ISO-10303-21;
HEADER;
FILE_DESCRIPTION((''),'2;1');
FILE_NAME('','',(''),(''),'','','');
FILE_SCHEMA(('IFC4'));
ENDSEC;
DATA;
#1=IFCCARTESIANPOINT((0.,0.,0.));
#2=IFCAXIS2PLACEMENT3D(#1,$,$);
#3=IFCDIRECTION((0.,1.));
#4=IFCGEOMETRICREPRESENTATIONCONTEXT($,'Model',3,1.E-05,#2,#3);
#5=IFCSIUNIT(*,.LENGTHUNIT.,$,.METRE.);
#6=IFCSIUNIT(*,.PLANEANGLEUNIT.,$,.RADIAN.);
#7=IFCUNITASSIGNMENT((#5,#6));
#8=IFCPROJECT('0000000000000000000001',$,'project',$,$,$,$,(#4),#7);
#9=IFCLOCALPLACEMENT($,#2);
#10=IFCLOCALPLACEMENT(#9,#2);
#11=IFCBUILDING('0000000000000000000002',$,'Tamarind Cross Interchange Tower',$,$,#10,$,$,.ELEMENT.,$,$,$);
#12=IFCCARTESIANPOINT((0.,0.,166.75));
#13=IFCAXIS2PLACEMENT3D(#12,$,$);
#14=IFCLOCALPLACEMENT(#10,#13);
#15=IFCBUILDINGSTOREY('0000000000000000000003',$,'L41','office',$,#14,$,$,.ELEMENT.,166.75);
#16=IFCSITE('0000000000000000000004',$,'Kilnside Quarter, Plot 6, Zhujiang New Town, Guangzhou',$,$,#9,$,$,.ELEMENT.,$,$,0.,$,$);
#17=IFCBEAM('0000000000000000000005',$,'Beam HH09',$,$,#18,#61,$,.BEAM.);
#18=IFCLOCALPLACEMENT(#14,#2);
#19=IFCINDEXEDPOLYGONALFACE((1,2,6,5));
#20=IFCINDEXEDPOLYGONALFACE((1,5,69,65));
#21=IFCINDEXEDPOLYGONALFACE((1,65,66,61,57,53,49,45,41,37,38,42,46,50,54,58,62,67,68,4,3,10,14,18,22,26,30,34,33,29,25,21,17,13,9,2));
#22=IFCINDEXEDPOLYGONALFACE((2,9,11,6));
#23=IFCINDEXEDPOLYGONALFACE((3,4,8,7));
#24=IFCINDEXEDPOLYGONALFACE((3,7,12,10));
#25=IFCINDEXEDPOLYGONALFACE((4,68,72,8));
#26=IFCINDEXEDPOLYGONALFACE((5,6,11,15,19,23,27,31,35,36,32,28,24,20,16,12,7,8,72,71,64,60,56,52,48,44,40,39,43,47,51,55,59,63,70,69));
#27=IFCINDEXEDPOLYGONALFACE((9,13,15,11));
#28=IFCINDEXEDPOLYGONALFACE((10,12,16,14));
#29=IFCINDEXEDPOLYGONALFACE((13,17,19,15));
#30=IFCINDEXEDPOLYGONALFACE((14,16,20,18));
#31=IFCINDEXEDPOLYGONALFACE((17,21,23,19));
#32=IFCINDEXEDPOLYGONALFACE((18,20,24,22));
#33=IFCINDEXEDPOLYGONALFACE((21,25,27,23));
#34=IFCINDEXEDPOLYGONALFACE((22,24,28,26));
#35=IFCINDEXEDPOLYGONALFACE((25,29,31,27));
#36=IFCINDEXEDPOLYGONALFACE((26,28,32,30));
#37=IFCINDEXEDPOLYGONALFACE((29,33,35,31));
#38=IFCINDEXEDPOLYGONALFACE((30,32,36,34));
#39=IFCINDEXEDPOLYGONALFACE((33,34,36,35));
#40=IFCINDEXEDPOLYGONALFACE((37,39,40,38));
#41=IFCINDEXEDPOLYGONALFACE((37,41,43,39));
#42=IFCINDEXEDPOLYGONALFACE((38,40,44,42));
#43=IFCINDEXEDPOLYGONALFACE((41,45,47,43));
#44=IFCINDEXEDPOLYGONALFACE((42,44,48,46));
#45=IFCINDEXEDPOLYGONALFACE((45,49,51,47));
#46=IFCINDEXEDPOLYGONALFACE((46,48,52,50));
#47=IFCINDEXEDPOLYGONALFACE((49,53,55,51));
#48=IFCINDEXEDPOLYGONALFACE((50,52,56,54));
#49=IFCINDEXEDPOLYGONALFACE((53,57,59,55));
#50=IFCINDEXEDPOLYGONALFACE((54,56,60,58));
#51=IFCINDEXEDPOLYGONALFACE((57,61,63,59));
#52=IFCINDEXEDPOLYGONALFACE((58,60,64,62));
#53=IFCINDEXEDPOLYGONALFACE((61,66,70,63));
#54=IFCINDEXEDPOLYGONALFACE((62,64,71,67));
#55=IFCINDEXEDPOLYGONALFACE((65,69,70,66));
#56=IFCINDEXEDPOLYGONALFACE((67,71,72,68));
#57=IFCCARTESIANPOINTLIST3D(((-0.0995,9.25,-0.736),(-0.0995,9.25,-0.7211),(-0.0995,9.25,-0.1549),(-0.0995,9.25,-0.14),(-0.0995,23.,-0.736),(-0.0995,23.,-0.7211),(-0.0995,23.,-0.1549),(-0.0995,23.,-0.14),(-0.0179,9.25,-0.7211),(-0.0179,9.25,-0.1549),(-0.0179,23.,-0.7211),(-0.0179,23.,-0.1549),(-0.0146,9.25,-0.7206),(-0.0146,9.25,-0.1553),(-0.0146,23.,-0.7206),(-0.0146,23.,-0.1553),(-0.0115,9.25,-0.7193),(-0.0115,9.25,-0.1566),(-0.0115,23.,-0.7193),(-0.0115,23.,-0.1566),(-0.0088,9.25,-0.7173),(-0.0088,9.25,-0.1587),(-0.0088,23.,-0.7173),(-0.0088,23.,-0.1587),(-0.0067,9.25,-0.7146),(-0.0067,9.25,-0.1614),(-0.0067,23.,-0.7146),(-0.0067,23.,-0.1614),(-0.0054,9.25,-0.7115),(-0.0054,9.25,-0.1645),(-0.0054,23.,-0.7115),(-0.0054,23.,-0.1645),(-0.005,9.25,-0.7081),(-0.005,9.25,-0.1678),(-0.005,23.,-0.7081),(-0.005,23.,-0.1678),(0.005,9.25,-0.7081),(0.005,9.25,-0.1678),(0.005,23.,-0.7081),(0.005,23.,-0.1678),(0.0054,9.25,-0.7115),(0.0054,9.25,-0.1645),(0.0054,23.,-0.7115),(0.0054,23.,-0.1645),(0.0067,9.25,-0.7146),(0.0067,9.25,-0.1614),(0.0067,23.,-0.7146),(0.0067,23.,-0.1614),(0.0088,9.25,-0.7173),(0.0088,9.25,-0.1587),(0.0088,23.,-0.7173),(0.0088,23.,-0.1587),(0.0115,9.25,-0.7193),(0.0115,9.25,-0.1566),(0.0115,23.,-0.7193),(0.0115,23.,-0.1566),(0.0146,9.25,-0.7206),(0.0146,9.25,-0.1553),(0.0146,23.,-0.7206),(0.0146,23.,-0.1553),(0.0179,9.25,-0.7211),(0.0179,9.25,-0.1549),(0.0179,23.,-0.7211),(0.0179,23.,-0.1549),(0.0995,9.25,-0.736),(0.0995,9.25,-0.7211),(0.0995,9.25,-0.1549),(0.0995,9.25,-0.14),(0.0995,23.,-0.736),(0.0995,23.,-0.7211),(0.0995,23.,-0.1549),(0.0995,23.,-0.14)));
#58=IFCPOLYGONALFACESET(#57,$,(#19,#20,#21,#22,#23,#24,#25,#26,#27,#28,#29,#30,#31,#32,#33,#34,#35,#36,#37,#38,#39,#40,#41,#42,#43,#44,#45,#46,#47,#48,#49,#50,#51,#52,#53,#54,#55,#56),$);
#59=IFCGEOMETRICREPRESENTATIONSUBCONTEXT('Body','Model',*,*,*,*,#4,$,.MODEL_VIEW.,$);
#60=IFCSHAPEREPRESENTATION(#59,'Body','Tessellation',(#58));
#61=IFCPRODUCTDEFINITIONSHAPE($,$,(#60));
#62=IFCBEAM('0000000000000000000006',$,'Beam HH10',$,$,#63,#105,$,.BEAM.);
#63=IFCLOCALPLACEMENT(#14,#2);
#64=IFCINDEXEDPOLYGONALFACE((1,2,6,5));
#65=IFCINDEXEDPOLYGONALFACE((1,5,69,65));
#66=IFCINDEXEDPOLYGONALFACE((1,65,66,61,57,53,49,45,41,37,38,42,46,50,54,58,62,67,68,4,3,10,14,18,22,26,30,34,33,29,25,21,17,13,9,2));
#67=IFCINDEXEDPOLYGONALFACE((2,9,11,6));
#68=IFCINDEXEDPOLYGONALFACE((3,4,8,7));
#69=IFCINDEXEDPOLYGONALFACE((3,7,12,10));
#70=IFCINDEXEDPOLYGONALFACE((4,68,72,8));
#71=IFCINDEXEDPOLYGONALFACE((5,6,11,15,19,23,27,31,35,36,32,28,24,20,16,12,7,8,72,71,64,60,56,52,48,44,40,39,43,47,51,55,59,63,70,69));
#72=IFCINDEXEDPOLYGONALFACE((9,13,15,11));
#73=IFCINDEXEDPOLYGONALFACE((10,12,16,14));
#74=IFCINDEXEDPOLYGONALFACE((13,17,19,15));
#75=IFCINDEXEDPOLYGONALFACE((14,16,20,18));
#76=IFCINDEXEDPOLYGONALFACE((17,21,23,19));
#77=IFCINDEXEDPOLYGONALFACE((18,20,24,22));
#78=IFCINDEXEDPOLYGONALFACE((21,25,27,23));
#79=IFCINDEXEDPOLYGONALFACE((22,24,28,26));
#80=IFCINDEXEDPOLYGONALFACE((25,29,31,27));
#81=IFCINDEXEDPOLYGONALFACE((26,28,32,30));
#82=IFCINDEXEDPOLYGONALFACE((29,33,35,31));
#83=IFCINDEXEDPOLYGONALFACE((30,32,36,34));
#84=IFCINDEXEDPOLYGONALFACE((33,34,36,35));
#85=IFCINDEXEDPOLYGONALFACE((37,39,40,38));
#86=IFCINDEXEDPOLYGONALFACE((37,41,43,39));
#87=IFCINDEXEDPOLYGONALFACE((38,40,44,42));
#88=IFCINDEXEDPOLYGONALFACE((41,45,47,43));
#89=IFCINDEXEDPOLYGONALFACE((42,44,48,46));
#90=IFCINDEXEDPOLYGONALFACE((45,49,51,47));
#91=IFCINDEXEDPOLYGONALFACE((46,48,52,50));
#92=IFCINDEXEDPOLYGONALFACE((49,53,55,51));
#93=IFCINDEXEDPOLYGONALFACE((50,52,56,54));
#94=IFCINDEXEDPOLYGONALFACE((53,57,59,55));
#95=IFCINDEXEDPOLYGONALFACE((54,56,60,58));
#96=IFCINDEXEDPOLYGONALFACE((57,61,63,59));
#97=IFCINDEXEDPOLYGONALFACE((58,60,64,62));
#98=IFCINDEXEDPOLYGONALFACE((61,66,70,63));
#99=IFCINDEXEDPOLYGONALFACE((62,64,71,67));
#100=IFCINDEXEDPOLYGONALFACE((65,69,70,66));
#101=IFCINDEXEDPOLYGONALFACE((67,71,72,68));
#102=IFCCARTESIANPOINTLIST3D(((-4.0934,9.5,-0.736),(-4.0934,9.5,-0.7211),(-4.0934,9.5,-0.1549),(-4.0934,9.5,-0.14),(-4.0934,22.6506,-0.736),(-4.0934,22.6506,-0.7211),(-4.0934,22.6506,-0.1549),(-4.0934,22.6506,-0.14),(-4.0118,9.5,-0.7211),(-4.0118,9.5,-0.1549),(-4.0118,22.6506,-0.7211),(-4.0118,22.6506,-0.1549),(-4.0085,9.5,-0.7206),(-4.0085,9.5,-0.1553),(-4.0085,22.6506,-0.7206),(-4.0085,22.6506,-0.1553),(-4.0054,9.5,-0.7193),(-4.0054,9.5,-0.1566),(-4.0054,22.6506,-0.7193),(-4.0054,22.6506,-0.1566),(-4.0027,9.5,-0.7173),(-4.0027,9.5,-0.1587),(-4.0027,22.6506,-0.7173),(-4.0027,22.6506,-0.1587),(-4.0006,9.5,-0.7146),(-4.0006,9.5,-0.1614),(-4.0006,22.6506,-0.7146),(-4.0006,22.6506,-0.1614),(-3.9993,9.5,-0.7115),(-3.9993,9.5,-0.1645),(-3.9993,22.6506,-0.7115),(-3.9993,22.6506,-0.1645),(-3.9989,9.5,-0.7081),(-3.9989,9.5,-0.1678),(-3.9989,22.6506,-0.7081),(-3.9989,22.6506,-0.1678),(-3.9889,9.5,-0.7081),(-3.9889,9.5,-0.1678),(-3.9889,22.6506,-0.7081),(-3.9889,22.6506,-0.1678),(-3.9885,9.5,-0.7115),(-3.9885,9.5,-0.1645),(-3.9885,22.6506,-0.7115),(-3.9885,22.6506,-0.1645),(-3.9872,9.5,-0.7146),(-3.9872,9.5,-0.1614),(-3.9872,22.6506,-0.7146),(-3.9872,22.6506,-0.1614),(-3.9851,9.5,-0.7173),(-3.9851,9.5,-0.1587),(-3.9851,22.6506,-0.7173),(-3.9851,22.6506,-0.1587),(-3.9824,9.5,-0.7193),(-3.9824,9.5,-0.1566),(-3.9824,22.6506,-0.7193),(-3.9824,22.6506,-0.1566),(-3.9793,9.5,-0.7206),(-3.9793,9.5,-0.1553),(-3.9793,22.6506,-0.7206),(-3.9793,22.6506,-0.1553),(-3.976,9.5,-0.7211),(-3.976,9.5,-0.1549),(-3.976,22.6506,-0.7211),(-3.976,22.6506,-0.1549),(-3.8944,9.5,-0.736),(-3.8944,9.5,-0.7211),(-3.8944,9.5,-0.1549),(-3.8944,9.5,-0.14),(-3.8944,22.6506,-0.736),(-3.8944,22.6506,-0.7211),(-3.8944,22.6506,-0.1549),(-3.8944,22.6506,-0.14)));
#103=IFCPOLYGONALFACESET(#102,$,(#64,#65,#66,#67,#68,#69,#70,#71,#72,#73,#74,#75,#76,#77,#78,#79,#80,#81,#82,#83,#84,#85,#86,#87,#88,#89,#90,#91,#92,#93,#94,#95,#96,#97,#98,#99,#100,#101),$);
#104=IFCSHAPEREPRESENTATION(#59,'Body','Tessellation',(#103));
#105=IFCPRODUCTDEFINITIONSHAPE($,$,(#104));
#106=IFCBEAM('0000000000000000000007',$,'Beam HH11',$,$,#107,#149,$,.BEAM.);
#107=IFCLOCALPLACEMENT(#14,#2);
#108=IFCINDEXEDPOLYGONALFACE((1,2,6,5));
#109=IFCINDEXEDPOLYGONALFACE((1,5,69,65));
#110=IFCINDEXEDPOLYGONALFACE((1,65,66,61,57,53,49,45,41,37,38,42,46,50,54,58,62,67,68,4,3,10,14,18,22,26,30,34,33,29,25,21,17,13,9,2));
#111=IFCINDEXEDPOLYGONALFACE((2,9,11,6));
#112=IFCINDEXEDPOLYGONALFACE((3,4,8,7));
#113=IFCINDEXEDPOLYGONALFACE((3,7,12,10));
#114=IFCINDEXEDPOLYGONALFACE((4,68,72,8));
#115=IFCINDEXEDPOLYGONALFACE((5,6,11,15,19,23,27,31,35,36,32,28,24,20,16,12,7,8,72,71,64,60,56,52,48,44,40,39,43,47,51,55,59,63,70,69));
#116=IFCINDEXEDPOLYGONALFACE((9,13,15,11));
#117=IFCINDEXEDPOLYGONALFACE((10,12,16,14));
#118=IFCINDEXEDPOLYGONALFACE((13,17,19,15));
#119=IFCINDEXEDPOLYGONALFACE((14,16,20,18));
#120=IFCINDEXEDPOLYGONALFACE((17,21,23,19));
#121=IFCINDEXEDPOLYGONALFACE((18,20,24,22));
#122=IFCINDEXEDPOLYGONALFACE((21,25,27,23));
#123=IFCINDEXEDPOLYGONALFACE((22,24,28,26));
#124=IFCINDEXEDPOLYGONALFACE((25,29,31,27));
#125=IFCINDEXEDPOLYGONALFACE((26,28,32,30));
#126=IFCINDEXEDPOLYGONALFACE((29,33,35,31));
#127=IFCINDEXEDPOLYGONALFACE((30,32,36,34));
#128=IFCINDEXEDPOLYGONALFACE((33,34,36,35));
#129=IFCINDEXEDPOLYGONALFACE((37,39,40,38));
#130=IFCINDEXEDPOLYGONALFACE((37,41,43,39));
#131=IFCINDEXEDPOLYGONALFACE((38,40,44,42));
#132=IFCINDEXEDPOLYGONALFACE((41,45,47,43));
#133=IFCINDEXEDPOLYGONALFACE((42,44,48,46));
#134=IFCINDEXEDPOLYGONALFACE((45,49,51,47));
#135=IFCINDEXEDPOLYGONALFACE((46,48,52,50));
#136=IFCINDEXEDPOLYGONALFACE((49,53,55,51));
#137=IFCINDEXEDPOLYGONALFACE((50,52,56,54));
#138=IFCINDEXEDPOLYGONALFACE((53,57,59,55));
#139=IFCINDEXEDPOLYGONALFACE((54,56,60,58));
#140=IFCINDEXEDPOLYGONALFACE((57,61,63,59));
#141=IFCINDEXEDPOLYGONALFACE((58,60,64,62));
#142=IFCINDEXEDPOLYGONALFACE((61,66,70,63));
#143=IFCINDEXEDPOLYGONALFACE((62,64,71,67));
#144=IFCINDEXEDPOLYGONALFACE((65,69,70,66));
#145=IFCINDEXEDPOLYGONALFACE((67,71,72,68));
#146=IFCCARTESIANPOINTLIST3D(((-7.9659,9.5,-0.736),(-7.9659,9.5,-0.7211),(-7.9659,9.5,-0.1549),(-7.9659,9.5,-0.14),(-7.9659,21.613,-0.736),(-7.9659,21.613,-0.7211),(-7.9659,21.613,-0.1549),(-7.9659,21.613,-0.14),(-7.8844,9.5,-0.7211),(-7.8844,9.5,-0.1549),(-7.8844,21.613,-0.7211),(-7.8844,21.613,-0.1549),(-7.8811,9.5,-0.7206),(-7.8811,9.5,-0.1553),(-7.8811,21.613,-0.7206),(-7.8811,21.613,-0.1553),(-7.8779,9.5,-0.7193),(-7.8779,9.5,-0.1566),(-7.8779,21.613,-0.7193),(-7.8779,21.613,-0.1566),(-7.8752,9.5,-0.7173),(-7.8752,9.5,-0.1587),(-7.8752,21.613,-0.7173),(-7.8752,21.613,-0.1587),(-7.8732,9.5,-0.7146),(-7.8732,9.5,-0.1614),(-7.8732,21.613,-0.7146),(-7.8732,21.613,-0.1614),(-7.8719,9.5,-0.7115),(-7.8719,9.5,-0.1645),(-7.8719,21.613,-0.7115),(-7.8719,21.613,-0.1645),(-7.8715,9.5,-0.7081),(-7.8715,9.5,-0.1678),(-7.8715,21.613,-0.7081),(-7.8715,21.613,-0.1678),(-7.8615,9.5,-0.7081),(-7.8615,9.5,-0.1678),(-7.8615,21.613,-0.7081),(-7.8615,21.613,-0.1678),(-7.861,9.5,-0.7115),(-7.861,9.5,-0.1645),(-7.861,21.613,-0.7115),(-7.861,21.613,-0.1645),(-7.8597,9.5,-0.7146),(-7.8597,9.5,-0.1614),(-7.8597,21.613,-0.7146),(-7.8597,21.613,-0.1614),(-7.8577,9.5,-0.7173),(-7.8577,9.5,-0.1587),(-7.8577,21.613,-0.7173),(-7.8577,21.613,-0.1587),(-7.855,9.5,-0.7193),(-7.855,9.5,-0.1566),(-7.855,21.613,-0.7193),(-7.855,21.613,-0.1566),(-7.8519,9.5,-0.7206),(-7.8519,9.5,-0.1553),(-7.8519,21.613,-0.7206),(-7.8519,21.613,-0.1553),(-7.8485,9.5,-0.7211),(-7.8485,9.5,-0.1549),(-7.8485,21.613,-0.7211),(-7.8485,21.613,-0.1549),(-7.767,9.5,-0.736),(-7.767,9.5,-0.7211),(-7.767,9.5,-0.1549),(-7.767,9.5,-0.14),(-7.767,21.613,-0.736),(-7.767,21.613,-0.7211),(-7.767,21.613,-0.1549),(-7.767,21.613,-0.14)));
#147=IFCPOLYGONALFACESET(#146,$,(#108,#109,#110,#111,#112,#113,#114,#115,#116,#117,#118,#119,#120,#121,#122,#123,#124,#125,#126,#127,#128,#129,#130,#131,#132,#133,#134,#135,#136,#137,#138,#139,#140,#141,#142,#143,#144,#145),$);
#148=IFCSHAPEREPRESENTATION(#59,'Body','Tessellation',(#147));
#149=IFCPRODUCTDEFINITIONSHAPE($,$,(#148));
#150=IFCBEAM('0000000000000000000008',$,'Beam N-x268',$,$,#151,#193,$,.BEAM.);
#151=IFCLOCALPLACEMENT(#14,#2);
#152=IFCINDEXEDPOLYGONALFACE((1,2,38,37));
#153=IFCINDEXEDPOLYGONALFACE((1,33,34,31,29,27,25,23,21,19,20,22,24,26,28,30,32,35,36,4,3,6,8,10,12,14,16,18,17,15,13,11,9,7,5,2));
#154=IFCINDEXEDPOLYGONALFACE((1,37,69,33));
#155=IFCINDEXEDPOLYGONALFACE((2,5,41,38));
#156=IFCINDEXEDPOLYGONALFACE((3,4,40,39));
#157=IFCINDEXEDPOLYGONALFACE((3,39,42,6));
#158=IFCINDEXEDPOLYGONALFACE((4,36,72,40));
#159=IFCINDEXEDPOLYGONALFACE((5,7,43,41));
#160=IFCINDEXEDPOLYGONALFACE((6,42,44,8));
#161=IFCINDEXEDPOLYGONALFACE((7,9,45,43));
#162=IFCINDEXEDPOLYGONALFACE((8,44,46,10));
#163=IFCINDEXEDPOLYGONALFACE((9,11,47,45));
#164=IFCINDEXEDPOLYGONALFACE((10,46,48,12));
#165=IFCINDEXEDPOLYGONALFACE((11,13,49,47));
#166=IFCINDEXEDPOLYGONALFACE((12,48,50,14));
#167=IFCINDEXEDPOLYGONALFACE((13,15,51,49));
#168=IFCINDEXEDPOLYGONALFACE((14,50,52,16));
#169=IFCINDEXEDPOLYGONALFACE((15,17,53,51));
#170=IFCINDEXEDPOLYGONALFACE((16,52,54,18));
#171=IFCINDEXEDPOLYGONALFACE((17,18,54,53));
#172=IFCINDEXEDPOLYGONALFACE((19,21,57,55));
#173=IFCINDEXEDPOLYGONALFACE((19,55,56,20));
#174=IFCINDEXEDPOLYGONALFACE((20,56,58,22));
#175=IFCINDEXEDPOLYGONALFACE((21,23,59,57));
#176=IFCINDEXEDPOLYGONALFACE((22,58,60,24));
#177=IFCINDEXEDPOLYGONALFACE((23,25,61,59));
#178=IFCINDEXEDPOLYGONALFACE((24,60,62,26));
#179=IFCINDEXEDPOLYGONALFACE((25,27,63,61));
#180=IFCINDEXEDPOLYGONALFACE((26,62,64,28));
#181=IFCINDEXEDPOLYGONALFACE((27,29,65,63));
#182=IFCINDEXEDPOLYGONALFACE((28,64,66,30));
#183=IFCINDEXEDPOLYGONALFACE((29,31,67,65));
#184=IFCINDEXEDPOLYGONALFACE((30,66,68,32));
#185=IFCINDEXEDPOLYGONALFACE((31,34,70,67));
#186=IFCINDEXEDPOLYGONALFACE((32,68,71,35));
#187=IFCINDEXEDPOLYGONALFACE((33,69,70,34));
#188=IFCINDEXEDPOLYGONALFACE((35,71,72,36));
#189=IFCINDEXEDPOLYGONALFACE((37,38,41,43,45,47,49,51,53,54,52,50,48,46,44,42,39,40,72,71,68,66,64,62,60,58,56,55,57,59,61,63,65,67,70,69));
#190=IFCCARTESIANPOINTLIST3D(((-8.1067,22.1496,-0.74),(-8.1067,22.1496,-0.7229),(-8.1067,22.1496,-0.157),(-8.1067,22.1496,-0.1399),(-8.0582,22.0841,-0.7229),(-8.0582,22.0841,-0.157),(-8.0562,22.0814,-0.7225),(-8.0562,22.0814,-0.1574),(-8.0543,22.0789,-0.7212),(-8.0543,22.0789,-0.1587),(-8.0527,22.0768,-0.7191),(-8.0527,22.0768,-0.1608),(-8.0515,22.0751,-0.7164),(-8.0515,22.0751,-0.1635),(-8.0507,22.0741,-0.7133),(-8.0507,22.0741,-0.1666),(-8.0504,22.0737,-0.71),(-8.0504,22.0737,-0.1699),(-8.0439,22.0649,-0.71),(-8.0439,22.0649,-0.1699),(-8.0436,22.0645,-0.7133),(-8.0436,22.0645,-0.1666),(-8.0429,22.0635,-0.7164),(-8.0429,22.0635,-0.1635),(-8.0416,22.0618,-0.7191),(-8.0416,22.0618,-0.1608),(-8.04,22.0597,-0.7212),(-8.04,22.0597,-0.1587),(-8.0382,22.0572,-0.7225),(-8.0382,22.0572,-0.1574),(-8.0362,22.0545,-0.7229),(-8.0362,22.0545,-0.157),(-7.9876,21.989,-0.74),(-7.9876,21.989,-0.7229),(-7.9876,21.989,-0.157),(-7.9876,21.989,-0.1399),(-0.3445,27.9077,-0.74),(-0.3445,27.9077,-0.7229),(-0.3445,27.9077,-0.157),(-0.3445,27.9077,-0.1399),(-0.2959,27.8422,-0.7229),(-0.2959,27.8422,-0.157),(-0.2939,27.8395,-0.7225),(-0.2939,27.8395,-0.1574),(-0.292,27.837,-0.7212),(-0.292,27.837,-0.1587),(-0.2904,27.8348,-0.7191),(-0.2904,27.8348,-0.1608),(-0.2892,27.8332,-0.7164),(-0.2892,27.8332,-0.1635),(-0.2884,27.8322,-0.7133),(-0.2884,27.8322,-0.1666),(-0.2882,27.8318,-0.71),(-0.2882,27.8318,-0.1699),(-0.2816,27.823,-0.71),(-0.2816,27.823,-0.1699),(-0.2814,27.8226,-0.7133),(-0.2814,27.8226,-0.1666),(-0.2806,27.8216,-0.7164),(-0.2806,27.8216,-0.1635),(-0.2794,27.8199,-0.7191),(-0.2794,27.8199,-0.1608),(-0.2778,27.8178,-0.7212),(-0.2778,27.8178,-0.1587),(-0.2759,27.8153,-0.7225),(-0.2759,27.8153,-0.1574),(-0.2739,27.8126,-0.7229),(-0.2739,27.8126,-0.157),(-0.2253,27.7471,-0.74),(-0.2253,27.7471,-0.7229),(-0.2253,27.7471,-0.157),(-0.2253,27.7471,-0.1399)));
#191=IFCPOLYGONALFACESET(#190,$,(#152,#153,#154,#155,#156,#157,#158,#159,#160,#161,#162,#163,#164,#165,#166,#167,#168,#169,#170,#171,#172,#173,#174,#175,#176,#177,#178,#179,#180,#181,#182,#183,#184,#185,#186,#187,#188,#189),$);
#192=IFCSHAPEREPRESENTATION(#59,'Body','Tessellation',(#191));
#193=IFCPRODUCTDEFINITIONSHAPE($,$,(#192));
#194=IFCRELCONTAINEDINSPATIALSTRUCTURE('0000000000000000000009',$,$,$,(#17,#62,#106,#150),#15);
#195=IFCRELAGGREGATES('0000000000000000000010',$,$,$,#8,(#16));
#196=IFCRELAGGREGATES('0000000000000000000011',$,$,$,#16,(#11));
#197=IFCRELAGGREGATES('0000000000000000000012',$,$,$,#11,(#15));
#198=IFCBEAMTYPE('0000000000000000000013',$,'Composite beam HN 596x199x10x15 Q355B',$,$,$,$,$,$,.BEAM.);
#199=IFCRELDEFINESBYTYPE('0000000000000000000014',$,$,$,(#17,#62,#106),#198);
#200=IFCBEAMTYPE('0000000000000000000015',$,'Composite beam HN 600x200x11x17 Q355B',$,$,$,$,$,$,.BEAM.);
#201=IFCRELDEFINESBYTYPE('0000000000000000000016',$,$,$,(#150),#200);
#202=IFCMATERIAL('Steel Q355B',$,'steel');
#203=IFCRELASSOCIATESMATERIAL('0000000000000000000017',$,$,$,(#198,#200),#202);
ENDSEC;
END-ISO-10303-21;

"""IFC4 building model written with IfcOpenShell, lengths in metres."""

from ifc_helpers import new_model, si_unit, direction, frame, origin, origin_2d, place, context, subcontext, project, spatial, i_section, extrude, material, material_profile, profile_set, type_object, element, save


model = new_model("IFC4")

# Units and contexts
model_context = context("Model", 3, precision=1e-05, world=origin(), true_north=direction((0.0, 1.0)))
body_context = subcontext(model_context, "Body", "Model", "MODEL_VIEW")
ifc_project = project(units=[si_unit("LENGTHUNIT", "METRE"), si_unit("PLANEANGLEUNIT", "RADIAN")], contexts=[model_context])

# Site, building, storey
site_placement = place(None, origin())
site = spatial("IfcSite", under=ifc_project, at=site_placement, Name="Kilnside Quarter, Plot 6, Zhujiang New Town, Guangzhou", CompositionType="ELEMENT", RefElevation=0.0)
building_placement = place(site_placement, origin())
building = spatial("IfcBuilding", under=site, at=building_placement, Name="Tamarind Cross Interchange Tower", CompositionType="ELEMENT")
storey_placement = place(building_placement, frame((0.0, 0.0, 166.75)))
storey = spatial("IfcBuildingStorey", under=building, at=storey_placement, Name="L41", Description="office", CompositionType="ELEMENT", Elevation=166.75)

# Beams
ifc_material_1 = material(Name="Steel Q355B", Category="steel")
ifc_material_profile_1 = material_profile(ifc_material_1, i_section(OverallWidth=0.199, OverallDepth=0.5959, WebThickness=0.01, FlangeThickness=0.0149, FilletRadius=0.0129, at=origin_2d()), Name="HN 596x199x10x15")
ifc_profile_set_1 = profile_set([ifc_material_profile_1], Name="Steel Q355B")
beam_type_1 = type_object("IfcBeamType", Name="Composite beam HN 596x199x10x15 Q355B", PredefinedType="BEAM", material=ifc_profile_set_1)
beam_1_placement = place(storey_placement, frame((0.0, 23.0, -0.438), z_axis=(0.0, -1.0, 0.0), x_axis=(1.0, 0.0, 0.0)))
element("IfcBeam", 1, at=beam_1_placement, inside=storey, type_object=beam_type_1, Name="Beam HH09", PredefinedType="BEAM", context=body_context, shape_type="SweptSolid", body=[
    extrude(i_section(OverallWidth=0.199, OverallDepth=0.5959, WebThickness=0.01, FlangeThickness=0.0149, FilletRadius=0.0129, at=origin_2d()), origin(), (0.0, 0.0, 1.0), 13.75),
])
beam_2_placement = place(storey_placement, frame((-3.9939, 22.6506, -0.438), z_axis=(0.0, -1.0, 0.0), x_axis=(1.0, 0.0, 0.0)))
element("IfcBeam", 2, at=beam_2_placement, inside=storey, type_object=beam_type_1, Name="Beam HH10", PredefinedType="BEAM", context=body_context, shape_type="SweptSolid", body=[
    extrude(i_section(OverallWidth=0.199, OverallDepth=0.5959, WebThickness=0.01, FlangeThickness=0.0149, FilletRadius=0.0129, at=origin_2d()), origin(), (0.0, 0.0, 1.0), 13.1506),
])
beam_3_placement = place(storey_placement, frame((-7.8665, 21.613, -0.438), z_axis=(0.0, -1.0, 0.0), x_axis=(1.0, 0.0, 0.0)))
element("IfcBeam", 3, at=beam_3_placement, inside=storey, type_object=beam_type_1, Name="Beam HH11", PredefinedType="BEAM", context=body_context, shape_type="SweptSolid", body=[
    extrude(i_section(OverallWidth=0.199, OverallDepth=0.5959, WebThickness=0.01, FlangeThickness=0.0149, FilletRadius=0.0129, at=origin_2d()), origin(), (0.0, 0.0, 1.0), 12.113),
])
ifc_material_profile_2 = material_profile(ifc_material_1, i_section(OverallWidth=0.2, OverallDepth=0.6001, WebThickness=0.011, FlangeThickness=0.0171, FilletRadius=0.0129, at=origin_2d()), Name="HN 600x200x11x17")
ifc_profile_set_2 = profile_set([ifc_material_profile_2], Name="Steel Q355B")
beam_type_2 = type_object("IfcBeamType", Name="Composite beam HN 600x200x11x17 Q355B", PredefinedType="BEAM", material=ifc_profile_set_2)
beam_4_placement = place(storey_placement, frame((-0.2849, 27.8274, -0.4399), z_axis=(-0.803148, -0.59578, 0.0), x_axis=(0.59578, -0.803148, 0.0)))
element("IfcBeam", 4, at=beam_4_placement, inside=storey, type_object=beam_type_2, Name="Beam N-x268", PredefinedType="BEAM", context=body_context, shape_type="SweptSolid", body=[
    extrude(i_section(OverallWidth=0.2, OverallDepth=0.6001, WebThickness=0.011, FlangeThickness=0.0171, FilletRadius=0.0129, at=origin_2d()), origin(), (0.0, 0.0, 1.0), 9.6648),
])

save(model, "model.ifc")
